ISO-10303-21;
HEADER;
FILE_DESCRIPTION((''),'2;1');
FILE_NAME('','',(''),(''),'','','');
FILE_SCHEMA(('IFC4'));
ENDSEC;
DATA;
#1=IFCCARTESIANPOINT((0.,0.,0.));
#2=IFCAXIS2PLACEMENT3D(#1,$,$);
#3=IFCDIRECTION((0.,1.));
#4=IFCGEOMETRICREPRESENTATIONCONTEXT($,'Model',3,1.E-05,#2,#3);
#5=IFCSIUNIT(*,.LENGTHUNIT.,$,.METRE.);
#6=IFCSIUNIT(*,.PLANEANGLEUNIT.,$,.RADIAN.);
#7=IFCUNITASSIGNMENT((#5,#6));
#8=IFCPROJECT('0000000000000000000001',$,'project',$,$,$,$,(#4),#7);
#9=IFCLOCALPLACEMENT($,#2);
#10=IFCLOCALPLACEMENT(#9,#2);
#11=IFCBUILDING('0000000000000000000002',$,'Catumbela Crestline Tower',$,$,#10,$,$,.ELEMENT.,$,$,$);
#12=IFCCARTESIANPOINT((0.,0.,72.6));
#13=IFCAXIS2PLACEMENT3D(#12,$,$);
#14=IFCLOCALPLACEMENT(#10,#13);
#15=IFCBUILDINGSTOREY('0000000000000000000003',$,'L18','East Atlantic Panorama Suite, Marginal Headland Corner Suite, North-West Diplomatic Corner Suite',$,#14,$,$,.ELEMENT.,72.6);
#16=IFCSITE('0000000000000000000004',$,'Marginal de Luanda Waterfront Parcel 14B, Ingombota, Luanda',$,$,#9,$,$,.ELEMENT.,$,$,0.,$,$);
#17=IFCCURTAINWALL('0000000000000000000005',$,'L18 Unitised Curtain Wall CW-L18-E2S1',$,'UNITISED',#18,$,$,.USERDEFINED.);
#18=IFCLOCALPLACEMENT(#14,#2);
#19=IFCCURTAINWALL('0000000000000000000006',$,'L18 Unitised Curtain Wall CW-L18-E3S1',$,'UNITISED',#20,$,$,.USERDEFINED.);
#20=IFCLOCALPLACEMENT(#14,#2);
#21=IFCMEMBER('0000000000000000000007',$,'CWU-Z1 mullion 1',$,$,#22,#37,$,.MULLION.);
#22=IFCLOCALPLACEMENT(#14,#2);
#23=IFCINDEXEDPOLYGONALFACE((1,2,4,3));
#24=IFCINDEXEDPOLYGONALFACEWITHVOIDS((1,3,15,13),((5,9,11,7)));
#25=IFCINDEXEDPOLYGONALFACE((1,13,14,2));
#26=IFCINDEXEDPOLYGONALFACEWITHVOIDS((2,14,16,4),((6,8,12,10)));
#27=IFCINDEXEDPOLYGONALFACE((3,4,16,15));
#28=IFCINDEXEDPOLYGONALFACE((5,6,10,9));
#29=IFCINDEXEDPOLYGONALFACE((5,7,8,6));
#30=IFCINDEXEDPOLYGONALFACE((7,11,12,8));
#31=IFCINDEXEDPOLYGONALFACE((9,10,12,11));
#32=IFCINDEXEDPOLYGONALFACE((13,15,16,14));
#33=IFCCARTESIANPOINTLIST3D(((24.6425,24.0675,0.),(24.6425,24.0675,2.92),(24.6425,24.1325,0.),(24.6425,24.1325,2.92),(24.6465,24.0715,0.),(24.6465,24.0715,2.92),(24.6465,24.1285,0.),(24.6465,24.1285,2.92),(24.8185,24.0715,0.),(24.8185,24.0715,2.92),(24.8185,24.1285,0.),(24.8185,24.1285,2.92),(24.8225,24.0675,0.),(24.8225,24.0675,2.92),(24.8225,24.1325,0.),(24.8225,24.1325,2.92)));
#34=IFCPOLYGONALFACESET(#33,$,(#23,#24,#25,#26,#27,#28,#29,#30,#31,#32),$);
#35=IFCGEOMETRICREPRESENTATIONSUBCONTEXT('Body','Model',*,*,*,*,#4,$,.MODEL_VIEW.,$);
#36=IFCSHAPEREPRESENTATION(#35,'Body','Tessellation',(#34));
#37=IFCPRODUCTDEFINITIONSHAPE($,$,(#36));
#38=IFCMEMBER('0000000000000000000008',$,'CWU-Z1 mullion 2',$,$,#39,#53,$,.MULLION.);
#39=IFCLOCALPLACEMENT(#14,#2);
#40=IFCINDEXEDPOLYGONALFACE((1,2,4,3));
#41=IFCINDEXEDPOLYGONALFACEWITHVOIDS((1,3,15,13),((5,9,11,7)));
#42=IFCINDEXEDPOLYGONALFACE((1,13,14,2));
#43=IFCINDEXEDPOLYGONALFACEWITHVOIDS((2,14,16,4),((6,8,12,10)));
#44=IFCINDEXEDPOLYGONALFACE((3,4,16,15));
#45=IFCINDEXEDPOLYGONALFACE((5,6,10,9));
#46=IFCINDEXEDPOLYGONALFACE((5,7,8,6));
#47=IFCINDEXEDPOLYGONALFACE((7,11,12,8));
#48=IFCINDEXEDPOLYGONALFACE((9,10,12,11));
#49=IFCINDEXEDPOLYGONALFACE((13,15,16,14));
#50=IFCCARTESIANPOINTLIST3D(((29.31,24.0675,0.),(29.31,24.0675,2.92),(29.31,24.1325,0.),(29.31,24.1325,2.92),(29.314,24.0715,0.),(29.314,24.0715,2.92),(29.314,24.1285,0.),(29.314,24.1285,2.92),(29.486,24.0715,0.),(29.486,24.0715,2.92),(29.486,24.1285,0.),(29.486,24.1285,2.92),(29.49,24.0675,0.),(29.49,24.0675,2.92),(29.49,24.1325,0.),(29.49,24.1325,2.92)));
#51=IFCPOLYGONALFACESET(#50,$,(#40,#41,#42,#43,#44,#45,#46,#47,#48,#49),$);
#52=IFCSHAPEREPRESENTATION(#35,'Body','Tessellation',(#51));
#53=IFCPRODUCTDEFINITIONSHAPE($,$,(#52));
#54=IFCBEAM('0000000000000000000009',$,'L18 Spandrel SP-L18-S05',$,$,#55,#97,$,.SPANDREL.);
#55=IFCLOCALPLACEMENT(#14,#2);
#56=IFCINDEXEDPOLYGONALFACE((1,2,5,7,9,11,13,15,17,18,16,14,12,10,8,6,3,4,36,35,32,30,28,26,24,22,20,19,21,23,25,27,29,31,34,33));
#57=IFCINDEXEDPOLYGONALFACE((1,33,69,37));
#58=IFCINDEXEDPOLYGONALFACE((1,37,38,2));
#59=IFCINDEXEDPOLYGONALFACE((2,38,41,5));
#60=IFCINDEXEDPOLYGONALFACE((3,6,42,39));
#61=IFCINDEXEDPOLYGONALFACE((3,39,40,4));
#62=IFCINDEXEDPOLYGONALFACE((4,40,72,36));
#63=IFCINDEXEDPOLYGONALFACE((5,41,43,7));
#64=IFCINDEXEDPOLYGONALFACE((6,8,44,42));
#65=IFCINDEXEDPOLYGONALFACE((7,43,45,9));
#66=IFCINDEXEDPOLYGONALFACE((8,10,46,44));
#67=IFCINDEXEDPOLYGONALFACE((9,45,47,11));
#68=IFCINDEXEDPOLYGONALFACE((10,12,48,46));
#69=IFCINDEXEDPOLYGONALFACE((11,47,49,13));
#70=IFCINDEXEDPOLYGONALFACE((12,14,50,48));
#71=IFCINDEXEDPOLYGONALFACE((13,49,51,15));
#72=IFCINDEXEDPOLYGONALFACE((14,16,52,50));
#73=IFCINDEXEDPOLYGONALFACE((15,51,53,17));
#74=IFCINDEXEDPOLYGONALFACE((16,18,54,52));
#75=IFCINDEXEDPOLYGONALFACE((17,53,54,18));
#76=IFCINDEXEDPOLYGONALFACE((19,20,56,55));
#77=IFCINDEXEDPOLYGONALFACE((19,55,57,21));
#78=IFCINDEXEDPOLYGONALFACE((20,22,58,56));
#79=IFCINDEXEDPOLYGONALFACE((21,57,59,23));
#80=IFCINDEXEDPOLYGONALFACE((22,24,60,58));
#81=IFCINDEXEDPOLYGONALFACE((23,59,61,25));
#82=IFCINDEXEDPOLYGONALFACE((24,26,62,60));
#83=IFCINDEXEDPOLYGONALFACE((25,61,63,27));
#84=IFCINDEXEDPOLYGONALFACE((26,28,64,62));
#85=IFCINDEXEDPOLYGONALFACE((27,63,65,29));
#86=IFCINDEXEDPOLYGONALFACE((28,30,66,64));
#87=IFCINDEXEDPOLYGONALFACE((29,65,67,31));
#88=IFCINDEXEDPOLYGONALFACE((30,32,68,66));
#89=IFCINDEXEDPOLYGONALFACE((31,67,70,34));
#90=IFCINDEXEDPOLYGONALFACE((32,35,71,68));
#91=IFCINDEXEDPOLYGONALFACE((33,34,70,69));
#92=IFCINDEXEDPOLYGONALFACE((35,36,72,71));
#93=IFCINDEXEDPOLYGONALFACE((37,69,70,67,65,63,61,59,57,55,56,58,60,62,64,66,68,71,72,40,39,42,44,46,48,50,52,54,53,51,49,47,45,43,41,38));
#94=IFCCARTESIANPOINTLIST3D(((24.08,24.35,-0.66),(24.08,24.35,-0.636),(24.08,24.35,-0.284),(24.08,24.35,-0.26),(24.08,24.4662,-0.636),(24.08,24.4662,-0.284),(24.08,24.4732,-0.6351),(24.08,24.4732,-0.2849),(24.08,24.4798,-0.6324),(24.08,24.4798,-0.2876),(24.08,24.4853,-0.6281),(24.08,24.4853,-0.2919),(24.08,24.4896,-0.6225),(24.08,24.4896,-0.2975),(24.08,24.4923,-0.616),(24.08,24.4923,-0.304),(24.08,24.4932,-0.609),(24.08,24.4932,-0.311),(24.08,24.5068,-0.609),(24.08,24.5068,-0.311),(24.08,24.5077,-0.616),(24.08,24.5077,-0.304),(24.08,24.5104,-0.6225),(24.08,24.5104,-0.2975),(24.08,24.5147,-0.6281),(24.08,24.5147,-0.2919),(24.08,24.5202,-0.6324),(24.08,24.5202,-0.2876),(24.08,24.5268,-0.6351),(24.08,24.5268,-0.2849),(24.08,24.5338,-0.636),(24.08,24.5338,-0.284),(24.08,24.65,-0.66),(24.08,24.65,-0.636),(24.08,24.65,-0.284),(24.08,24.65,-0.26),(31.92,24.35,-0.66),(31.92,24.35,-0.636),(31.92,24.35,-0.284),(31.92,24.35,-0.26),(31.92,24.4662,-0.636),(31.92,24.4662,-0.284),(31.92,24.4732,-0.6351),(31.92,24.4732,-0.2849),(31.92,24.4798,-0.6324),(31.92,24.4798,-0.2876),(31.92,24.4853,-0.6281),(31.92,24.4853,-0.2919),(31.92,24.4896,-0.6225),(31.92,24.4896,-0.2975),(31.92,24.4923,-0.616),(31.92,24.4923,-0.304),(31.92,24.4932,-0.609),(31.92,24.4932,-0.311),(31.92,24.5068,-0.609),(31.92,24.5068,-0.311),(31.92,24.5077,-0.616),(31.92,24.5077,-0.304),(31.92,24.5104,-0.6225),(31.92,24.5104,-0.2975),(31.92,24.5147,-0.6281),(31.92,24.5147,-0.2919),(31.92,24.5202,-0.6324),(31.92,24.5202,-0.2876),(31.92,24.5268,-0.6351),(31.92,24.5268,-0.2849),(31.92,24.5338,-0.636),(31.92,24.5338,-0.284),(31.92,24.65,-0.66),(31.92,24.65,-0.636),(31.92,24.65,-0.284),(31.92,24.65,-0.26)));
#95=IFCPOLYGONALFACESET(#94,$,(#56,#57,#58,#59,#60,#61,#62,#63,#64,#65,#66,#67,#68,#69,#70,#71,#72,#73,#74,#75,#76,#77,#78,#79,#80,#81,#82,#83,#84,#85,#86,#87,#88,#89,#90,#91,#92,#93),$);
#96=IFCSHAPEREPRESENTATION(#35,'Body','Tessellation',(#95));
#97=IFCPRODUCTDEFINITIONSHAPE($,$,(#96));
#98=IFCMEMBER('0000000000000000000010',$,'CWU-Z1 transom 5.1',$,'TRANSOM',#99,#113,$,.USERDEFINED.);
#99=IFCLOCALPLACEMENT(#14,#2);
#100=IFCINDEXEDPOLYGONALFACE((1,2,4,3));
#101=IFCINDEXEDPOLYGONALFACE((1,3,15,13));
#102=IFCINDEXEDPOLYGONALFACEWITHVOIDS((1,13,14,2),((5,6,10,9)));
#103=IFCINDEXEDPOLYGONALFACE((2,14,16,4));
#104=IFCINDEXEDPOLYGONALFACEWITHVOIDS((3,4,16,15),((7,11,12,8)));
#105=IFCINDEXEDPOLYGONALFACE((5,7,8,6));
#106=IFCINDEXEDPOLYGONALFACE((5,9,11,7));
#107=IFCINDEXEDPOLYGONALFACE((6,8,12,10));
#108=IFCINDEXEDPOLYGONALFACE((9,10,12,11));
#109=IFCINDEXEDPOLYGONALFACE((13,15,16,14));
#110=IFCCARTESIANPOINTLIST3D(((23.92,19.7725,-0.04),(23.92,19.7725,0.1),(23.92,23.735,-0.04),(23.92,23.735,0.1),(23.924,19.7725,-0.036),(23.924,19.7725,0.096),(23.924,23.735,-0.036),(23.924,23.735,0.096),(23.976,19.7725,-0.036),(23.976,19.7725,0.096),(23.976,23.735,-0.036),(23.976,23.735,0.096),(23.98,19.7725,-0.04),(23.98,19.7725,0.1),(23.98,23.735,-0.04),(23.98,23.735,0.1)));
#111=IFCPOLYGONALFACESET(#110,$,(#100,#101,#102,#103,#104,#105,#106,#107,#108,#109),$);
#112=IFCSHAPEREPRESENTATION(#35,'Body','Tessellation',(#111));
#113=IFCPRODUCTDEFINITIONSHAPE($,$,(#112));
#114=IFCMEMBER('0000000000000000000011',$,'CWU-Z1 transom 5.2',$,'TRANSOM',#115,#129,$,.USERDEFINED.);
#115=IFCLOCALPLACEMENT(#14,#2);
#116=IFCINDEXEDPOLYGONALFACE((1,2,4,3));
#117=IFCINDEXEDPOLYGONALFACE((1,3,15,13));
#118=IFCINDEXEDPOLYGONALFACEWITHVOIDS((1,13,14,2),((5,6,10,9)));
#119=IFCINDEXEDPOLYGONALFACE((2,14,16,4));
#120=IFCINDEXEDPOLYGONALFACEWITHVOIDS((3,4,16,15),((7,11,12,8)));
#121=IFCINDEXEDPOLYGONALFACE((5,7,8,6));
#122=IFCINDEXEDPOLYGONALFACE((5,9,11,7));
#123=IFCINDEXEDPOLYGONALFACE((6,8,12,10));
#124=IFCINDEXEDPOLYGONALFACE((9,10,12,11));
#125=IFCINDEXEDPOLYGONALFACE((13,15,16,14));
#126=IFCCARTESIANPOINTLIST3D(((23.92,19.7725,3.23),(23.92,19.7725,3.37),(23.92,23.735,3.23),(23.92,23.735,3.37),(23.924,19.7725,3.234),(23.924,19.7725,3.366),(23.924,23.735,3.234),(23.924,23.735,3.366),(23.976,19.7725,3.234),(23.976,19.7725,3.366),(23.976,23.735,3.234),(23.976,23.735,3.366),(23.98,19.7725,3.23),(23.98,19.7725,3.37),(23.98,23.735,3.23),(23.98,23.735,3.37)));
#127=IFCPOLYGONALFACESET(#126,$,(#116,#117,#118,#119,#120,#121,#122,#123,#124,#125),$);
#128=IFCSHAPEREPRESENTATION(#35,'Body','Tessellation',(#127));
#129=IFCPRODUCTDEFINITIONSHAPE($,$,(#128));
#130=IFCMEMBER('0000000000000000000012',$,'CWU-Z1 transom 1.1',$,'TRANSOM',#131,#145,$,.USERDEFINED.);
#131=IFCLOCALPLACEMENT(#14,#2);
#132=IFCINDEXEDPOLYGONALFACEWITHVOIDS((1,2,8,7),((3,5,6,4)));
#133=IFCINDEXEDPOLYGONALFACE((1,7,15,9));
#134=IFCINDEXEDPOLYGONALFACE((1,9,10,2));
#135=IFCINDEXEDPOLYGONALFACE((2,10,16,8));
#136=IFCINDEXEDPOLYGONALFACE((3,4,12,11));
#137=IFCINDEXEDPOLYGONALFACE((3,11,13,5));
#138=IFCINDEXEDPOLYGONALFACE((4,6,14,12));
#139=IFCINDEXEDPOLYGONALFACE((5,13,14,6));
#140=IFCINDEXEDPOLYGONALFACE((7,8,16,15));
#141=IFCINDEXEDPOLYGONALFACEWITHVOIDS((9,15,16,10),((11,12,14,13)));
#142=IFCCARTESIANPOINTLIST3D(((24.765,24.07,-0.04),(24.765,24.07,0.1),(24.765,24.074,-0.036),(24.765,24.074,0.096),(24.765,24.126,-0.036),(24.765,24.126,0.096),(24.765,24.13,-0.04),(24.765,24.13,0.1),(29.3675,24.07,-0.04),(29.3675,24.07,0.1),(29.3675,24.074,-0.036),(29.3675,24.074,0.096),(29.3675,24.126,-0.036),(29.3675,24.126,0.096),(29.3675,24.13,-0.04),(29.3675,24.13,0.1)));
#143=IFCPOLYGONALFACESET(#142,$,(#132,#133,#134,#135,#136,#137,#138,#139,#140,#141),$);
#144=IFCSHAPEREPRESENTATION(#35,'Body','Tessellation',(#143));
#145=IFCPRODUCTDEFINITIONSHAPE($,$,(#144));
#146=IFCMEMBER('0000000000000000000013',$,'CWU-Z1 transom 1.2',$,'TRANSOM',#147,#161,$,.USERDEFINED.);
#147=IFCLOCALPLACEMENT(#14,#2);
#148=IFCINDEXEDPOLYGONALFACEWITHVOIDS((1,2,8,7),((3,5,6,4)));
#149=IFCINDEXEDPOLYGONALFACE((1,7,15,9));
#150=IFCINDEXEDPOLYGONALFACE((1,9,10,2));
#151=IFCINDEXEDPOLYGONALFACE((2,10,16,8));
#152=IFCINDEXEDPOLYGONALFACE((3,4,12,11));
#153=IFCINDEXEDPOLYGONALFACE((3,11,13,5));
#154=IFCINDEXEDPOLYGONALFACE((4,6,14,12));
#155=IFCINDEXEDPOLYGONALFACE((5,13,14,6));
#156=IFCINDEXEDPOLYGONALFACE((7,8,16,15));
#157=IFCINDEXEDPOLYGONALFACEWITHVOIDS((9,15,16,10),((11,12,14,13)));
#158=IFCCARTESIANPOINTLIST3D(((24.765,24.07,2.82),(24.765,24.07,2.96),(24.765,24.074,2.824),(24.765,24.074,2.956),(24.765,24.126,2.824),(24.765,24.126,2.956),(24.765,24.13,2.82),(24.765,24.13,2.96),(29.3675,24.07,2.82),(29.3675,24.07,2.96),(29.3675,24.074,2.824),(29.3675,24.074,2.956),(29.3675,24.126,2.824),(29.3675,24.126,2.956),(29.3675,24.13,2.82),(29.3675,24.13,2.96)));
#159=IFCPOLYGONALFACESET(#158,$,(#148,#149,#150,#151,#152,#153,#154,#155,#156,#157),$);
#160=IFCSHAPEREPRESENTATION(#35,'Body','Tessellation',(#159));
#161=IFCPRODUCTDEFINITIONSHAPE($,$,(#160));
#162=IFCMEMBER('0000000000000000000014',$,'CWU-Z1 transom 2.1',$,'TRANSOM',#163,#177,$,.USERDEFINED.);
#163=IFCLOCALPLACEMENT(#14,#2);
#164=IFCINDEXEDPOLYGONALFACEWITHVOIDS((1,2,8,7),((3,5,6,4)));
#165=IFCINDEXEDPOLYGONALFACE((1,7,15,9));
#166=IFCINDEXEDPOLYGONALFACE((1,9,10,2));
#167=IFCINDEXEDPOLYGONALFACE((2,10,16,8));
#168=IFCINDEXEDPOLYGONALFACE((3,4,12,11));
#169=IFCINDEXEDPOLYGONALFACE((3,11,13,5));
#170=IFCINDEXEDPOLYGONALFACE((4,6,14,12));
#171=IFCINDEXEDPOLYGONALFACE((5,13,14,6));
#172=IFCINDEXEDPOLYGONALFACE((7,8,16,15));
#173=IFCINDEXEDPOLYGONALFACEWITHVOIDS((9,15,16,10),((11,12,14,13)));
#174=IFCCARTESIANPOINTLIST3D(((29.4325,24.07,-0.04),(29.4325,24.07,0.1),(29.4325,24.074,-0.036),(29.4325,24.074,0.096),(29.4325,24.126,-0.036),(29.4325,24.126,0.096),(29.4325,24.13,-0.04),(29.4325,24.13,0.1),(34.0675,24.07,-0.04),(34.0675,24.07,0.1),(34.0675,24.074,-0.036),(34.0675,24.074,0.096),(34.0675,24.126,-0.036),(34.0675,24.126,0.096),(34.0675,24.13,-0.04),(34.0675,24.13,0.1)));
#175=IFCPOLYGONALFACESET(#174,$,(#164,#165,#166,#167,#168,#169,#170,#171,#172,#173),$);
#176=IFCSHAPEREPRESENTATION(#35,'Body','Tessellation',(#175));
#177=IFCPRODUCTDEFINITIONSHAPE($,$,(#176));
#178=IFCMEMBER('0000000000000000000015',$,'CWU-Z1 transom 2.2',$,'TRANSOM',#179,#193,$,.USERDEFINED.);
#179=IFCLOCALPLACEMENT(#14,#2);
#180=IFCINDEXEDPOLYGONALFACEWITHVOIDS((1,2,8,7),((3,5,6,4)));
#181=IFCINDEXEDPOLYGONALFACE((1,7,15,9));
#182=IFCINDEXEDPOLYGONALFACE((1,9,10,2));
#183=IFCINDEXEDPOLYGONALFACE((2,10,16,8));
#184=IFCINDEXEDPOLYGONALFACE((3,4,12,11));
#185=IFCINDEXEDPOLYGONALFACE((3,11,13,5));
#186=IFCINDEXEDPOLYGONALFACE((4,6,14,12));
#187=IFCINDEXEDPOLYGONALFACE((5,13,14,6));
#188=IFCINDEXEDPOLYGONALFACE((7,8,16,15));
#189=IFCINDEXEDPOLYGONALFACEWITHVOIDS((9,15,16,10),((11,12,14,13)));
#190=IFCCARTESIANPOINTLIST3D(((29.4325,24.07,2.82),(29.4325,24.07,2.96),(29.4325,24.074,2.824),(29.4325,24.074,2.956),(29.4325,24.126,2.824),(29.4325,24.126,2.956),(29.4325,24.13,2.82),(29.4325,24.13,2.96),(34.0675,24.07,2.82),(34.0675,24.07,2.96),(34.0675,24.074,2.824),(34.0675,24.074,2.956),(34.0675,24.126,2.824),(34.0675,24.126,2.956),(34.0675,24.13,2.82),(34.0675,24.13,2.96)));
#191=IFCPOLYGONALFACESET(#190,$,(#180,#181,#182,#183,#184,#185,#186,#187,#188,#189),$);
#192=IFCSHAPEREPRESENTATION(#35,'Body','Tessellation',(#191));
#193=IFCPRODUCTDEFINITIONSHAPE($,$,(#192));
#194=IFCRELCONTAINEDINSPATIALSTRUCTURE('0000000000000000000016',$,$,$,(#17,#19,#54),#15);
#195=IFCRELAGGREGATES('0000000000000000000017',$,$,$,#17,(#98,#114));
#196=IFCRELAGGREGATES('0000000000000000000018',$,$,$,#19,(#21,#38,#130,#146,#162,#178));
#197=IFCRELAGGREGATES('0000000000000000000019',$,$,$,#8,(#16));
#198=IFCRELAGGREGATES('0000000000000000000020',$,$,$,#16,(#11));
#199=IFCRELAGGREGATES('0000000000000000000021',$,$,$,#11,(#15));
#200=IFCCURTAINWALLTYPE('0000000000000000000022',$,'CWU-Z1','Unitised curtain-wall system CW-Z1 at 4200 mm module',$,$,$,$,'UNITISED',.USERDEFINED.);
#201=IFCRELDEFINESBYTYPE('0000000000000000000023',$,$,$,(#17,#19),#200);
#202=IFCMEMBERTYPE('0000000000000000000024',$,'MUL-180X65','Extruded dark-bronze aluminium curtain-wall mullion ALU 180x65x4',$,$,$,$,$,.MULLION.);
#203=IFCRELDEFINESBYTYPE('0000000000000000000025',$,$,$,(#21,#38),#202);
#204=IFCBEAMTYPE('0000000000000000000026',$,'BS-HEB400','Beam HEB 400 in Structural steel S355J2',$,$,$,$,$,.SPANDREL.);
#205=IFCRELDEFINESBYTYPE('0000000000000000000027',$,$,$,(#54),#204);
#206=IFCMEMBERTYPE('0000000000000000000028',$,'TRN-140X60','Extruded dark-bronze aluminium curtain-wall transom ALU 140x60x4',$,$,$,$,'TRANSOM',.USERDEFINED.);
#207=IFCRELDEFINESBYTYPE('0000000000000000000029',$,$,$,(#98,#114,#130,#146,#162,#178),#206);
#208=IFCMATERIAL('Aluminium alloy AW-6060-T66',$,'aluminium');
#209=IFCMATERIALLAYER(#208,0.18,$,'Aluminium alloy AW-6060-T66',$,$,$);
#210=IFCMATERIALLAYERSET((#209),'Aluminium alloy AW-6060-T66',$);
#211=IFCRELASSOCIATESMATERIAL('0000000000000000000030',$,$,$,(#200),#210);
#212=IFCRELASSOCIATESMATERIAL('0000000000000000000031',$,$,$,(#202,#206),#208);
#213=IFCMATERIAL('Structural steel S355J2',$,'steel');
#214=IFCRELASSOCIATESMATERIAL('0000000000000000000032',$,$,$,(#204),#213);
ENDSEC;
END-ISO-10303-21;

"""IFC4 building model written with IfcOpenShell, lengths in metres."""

from ifc_helpers import new_model, si_unit, direction, frame, origin, origin_2d, place, context, subcontext, project, spatial, hollow_rectangle, i_section, extrude, material, layer, layer_set, material_profile, profile_set, type_object, element, aggregate, save


model = new_model("IFC4")

# Units and contexts
model_context = context("Model", 3, precision=1e-05, world=origin(), true_north=direction((0.0, 1.0)))
body_context = subcontext(model_context, "Body", "Model", "MODEL_VIEW")
ifc_project = project(units=[si_unit("LENGTHUNIT", "METRE"), si_unit("PLANEANGLEUNIT", "RADIAN")], contexts=[model_context])

# Site, building, storey
site_placement = place(None, origin())
site = spatial("IfcSite", under=ifc_project, at=site_placement, Name="Marginal de Luanda Waterfront Parcel 14B, Ingombota, Luanda", CompositionType="ELEMENT", RefElevation=0.0)
building_placement = place(site_placement, origin())
building = spatial("IfcBuilding", under=site, at=building_placement, Name="Catumbela Crestline Tower", CompositionType="ELEMENT")
storey_placement = place(building_placement, frame((0.0, 0.0, 72.6)))
storey = spatial("IfcBuildingStorey", under=building, at=storey_placement, Name="L18", Description="East Atlantic Panorama Suite, Marginal Headland Corner Suite, North-West Diplomatic Corner Suite", CompositionType="ELEMENT", Elevation=72.6)

# Shared definitions
ifc_material_1 = material(Name="Structural steel S355J2", Category="steel")

# Curtain walls, members
ifc_material_2 = material(Name="Aluminium alloy AW-6060-T66", Category="aluminium")
ifc_layer_1 = layer(ifc_material_2, 0.18, Name="Aluminium alloy AW-6060-T66")
ifc_layer_set_1 = layer_set([ifc_layer_1], Name="Aluminium alloy AW-6060-T66")
curtain_wall_type = type_object("IfcCurtainWallType", Name="CWU-Z1", Description="Unitised curtain-wall system CW-Z1 at 4200 mm module", ElementType="UNITISED", PredefinedType="USERDEFINED", material=ifc_layer_set_1)
curtain_wall_1_placement = place(storey_placement, origin())
curtain_wall_1 = element("IfcCurtainWall", 1, at=curtain_wall_1_placement, inside=storey, type_object=curtain_wall_type, Name="L18 Unitised Curtain Wall CW-L18-E2S1", ObjectType="UNITISED", PredefinedType="USERDEFINED")
ifc_material_profile_1 = material_profile(ifc_material_2, hollow_rectangle(XDim=0.065, YDim=0.18, WallThickness=0.004, at=origin_2d()), Name="ALU 180x65x4")
ifc_profile_set_1 = profile_set([ifc_material_profile_1], Name="Aluminium alloy AW-6060-T66")
member_type_1 = type_object("IfcMemberType", Name="MUL-180X65", Description="Extruded dark-bronze aluminium curtain-wall mullion ALU 180x65x4", PredefinedType="MULLION", material=ifc_profile_set_1)
curtain_wall_2_placement = place(storey_placement, origin())
curtain_wall_2 = element("IfcCurtainWall", 2, at=curtain_wall_2_placement, inside=storey, type_object=curtain_wall_type, Name="L18 Unitised Curtain Wall CW-L18-E3S1", ObjectType="UNITISED", PredefinedType="USERDEFINED")
member_1_placement = place(storey_placement, frame((24.7325, 24.1, 0.0), z_axis=(0.0, 0.0, 1.0), x_axis=(0.0, 1.0, 0.0)))
member_1 = element("IfcMember", 3, at=member_1_placement, type_object=member_type_1, Name="CWU-Z1 mullion 1", PredefinedType="MULLION", context=body_context, shape_type="SweptSolid", body=[
    extrude(hollow_rectangle(XDim=0.065, YDim=0.18, WallThickness=0.004, at=origin_2d()), origin(), (0.0, 0.0, 1.0), 2.92),
])
member_2_placement = place(storey_placement, frame((29.4, 24.1, 0.0), z_axis=(0.0, 0.0, 1.0), x_axis=(0.0, 1.0, 0.0)))
member_2 = element("IfcMember", 4, at=member_2_placement, type_object=member_type_1, Name="CWU-Z1 mullion 2", PredefinedType="MULLION", context=body_context, shape_type="SweptSolid", body=[
    extrude(hollow_rectangle(XDim=0.065, YDim=0.18, WallThickness=0.004, at=origin_2d()), origin(), (0.0, 0.0, 1.0), 2.92),
])

# Beam
ifc_material_profile_2 = material_profile(ifc_material_1, i_section(OverallWidth=0.3, OverallDepth=0.4, WebThickness=0.0135, FlangeThickness=0.024, FilletRadius=0.027, at=origin_2d()), Name="HEB 400")
ifc_profile_set_2 = profile_set([ifc_material_profile_2], Name="Structural steel S355J2")
beam_type_1 = type_object("IfcBeamType", Name="BS-HEB400", Description="Beam HEB 400 in Structural steel S355J2", PredefinedType="SPANDREL", material=ifc_profile_set_2)
beam_placement = place(storey_placement, frame((24.08, 24.5, -0.46), z_axis=(1.0, 0.0, 0.0), x_axis=(0.0, 1.0, 0.0)))
element("IfcBeam", 5, at=beam_placement, inside=storey, type_object=beam_type_1, Name="L18 Spandrel SP-L18-S05", PredefinedType="SPANDREL", context=body_context, shape_type="SweptSolid", body=[
    extrude(i_section(OverallWidth=0.3, OverallDepth=0.4, WebThickness=0.0135, FlangeThickness=0.024, FilletRadius=0.027, at=origin_2d()), origin(), (0.0, 0.0, 1.0), 7.84),
])

# Members
ifc_material_profile_3 = material_profile(ifc_material_2, hollow_rectangle(XDim=0.06, YDim=0.14, WallThickness=0.004, at=origin_2d()), Name="ALU 140x60x4")
ifc_profile_set_3 = profile_set([ifc_material_profile_3], Name="Aluminium alloy AW-6060-T66")
member_type_2 = type_object("IfcMemberType", Name="TRN-140X60", Description="Extruded dark-bronze aluminium curtain-wall transom ALU 140x60x4", ElementType="TRANSOM", PredefinedType="USERDEFINED", material=ifc_profile_set_3)
member_3_placement = place(storey_placement, frame((23.95, 19.7725, 0.03), z_axis=(0.0, 1.0, 0.0), x_axis=(-1.0, 0.0, 0.0)))
member_3 = element("IfcMember", 6, at=member_3_placement, type_object=member_type_2, Name="CWU-Z1 transom 5.1", ObjectType="TRANSOM", PredefinedType="USERDEFINED", context=body_context, shape_type="SweptSolid", body=[
    extrude(hollow_rectangle(XDim=0.06, YDim=0.14, WallThickness=0.004, at=origin_2d()), origin(), (0.0, 0.0, 1.0), 3.9625),
])
member_4_placement = place(storey_placement, frame((23.95, 19.7725, 3.3), z_axis=(0.0, 1.0, 0.0), x_axis=(-1.0, 0.0, 0.0)))
member_4 = element("IfcMember", 7, at=member_4_placement, type_object=member_type_2, Name="CWU-Z1 transom 5.2", ObjectType="TRANSOM", PredefinedType="USERDEFINED", context=body_context, shape_type="SweptSolid", body=[
    extrude(hollow_rectangle(XDim=0.06, YDim=0.14, WallThickness=0.004, at=origin_2d()), origin(), (0.0, 0.0, 1.0), 3.9625),
])
member_5_placement = place(storey_placement, frame((24.765, 24.1, 0.03), z_axis=(1.0, 0.0, 0.0), x_axis=(0.0, 1.0, 0.0)))
member_5 = element("IfcMember", 8, at=member_5_placement, type_object=member_type_2, Name="CWU-Z1 transom 1.1", ObjectType="TRANSOM", PredefinedType="USERDEFINED", context=body_context, shape_type="SweptSolid", body=[
    extrude(hollow_rectangle(XDim=0.06, YDim=0.14, WallThickness=0.004, at=origin_2d()), origin(), (0.0, 0.0, 1.0), 4.6025),
])
member_6_placement = place(storey_placement, frame((24.765, 24.1, 2.89), z_axis=(1.0, 0.0, 0.0), x_axis=(0.0, 1.0, 0.0)))
member_6 = element("IfcMember", 9, at=member_6_placement, type_object=member_type_2, Name="CWU-Z1 transom 1.2", ObjectType="TRANSOM", PredefinedType="USERDEFINED", context=body_context, shape_type="SweptSolid", body=[
    extrude(hollow_rectangle(XDim=0.06, YDim=0.14, WallThickness=0.004, at=origin_2d()), origin(), (0.0, 0.0, 1.0), 4.6025),
])
member_7_placement = place(storey_placement, frame((29.4325, 24.1, 0.03), z_axis=(1.0, 0.0, 0.0), x_axis=(0.0, 1.0, 0.0)))
member_7 = element("IfcMember", 10, at=member_7_placement, type_object=member_type_2, Name="CWU-Z1 transom 2.1", ObjectType="TRANSOM", PredefinedType="USERDEFINED", context=body_context, shape_type="SweptSolid", body=[
    extrude(hollow_rectangle(XDim=0.06, YDim=0.14, WallThickness=0.004, at=origin_2d()), origin(), (0.0, 0.0, 1.0), 4.635),
])
member_8_placement = place(storey_placement, frame((29.4325, 24.1, 2.89), z_axis=(1.0, 0.0, 0.0), x_axis=(0.0, 1.0, 0.0)))
member_8 = element("IfcMember", 11, at=member_8_placement, type_object=member_type_2, Name="CWU-Z1 transom 2.2", ObjectType="TRANSOM", PredefinedType="USERDEFINED", context=body_context, shape_type="SweptSolid", body=[
    extrude(hollow_rectangle(XDim=0.06, YDim=0.14, WallThickness=0.004, at=origin_2d()), origin(), (0.0, 0.0, 1.0), 4.635),
])

aggregate(curtain_wall_1, [member_3, member_4])
aggregate(curtain_wall_2, [member_1, member_2, member_5, member_6, member_7, member_8])

save(model, "model.ifc")
